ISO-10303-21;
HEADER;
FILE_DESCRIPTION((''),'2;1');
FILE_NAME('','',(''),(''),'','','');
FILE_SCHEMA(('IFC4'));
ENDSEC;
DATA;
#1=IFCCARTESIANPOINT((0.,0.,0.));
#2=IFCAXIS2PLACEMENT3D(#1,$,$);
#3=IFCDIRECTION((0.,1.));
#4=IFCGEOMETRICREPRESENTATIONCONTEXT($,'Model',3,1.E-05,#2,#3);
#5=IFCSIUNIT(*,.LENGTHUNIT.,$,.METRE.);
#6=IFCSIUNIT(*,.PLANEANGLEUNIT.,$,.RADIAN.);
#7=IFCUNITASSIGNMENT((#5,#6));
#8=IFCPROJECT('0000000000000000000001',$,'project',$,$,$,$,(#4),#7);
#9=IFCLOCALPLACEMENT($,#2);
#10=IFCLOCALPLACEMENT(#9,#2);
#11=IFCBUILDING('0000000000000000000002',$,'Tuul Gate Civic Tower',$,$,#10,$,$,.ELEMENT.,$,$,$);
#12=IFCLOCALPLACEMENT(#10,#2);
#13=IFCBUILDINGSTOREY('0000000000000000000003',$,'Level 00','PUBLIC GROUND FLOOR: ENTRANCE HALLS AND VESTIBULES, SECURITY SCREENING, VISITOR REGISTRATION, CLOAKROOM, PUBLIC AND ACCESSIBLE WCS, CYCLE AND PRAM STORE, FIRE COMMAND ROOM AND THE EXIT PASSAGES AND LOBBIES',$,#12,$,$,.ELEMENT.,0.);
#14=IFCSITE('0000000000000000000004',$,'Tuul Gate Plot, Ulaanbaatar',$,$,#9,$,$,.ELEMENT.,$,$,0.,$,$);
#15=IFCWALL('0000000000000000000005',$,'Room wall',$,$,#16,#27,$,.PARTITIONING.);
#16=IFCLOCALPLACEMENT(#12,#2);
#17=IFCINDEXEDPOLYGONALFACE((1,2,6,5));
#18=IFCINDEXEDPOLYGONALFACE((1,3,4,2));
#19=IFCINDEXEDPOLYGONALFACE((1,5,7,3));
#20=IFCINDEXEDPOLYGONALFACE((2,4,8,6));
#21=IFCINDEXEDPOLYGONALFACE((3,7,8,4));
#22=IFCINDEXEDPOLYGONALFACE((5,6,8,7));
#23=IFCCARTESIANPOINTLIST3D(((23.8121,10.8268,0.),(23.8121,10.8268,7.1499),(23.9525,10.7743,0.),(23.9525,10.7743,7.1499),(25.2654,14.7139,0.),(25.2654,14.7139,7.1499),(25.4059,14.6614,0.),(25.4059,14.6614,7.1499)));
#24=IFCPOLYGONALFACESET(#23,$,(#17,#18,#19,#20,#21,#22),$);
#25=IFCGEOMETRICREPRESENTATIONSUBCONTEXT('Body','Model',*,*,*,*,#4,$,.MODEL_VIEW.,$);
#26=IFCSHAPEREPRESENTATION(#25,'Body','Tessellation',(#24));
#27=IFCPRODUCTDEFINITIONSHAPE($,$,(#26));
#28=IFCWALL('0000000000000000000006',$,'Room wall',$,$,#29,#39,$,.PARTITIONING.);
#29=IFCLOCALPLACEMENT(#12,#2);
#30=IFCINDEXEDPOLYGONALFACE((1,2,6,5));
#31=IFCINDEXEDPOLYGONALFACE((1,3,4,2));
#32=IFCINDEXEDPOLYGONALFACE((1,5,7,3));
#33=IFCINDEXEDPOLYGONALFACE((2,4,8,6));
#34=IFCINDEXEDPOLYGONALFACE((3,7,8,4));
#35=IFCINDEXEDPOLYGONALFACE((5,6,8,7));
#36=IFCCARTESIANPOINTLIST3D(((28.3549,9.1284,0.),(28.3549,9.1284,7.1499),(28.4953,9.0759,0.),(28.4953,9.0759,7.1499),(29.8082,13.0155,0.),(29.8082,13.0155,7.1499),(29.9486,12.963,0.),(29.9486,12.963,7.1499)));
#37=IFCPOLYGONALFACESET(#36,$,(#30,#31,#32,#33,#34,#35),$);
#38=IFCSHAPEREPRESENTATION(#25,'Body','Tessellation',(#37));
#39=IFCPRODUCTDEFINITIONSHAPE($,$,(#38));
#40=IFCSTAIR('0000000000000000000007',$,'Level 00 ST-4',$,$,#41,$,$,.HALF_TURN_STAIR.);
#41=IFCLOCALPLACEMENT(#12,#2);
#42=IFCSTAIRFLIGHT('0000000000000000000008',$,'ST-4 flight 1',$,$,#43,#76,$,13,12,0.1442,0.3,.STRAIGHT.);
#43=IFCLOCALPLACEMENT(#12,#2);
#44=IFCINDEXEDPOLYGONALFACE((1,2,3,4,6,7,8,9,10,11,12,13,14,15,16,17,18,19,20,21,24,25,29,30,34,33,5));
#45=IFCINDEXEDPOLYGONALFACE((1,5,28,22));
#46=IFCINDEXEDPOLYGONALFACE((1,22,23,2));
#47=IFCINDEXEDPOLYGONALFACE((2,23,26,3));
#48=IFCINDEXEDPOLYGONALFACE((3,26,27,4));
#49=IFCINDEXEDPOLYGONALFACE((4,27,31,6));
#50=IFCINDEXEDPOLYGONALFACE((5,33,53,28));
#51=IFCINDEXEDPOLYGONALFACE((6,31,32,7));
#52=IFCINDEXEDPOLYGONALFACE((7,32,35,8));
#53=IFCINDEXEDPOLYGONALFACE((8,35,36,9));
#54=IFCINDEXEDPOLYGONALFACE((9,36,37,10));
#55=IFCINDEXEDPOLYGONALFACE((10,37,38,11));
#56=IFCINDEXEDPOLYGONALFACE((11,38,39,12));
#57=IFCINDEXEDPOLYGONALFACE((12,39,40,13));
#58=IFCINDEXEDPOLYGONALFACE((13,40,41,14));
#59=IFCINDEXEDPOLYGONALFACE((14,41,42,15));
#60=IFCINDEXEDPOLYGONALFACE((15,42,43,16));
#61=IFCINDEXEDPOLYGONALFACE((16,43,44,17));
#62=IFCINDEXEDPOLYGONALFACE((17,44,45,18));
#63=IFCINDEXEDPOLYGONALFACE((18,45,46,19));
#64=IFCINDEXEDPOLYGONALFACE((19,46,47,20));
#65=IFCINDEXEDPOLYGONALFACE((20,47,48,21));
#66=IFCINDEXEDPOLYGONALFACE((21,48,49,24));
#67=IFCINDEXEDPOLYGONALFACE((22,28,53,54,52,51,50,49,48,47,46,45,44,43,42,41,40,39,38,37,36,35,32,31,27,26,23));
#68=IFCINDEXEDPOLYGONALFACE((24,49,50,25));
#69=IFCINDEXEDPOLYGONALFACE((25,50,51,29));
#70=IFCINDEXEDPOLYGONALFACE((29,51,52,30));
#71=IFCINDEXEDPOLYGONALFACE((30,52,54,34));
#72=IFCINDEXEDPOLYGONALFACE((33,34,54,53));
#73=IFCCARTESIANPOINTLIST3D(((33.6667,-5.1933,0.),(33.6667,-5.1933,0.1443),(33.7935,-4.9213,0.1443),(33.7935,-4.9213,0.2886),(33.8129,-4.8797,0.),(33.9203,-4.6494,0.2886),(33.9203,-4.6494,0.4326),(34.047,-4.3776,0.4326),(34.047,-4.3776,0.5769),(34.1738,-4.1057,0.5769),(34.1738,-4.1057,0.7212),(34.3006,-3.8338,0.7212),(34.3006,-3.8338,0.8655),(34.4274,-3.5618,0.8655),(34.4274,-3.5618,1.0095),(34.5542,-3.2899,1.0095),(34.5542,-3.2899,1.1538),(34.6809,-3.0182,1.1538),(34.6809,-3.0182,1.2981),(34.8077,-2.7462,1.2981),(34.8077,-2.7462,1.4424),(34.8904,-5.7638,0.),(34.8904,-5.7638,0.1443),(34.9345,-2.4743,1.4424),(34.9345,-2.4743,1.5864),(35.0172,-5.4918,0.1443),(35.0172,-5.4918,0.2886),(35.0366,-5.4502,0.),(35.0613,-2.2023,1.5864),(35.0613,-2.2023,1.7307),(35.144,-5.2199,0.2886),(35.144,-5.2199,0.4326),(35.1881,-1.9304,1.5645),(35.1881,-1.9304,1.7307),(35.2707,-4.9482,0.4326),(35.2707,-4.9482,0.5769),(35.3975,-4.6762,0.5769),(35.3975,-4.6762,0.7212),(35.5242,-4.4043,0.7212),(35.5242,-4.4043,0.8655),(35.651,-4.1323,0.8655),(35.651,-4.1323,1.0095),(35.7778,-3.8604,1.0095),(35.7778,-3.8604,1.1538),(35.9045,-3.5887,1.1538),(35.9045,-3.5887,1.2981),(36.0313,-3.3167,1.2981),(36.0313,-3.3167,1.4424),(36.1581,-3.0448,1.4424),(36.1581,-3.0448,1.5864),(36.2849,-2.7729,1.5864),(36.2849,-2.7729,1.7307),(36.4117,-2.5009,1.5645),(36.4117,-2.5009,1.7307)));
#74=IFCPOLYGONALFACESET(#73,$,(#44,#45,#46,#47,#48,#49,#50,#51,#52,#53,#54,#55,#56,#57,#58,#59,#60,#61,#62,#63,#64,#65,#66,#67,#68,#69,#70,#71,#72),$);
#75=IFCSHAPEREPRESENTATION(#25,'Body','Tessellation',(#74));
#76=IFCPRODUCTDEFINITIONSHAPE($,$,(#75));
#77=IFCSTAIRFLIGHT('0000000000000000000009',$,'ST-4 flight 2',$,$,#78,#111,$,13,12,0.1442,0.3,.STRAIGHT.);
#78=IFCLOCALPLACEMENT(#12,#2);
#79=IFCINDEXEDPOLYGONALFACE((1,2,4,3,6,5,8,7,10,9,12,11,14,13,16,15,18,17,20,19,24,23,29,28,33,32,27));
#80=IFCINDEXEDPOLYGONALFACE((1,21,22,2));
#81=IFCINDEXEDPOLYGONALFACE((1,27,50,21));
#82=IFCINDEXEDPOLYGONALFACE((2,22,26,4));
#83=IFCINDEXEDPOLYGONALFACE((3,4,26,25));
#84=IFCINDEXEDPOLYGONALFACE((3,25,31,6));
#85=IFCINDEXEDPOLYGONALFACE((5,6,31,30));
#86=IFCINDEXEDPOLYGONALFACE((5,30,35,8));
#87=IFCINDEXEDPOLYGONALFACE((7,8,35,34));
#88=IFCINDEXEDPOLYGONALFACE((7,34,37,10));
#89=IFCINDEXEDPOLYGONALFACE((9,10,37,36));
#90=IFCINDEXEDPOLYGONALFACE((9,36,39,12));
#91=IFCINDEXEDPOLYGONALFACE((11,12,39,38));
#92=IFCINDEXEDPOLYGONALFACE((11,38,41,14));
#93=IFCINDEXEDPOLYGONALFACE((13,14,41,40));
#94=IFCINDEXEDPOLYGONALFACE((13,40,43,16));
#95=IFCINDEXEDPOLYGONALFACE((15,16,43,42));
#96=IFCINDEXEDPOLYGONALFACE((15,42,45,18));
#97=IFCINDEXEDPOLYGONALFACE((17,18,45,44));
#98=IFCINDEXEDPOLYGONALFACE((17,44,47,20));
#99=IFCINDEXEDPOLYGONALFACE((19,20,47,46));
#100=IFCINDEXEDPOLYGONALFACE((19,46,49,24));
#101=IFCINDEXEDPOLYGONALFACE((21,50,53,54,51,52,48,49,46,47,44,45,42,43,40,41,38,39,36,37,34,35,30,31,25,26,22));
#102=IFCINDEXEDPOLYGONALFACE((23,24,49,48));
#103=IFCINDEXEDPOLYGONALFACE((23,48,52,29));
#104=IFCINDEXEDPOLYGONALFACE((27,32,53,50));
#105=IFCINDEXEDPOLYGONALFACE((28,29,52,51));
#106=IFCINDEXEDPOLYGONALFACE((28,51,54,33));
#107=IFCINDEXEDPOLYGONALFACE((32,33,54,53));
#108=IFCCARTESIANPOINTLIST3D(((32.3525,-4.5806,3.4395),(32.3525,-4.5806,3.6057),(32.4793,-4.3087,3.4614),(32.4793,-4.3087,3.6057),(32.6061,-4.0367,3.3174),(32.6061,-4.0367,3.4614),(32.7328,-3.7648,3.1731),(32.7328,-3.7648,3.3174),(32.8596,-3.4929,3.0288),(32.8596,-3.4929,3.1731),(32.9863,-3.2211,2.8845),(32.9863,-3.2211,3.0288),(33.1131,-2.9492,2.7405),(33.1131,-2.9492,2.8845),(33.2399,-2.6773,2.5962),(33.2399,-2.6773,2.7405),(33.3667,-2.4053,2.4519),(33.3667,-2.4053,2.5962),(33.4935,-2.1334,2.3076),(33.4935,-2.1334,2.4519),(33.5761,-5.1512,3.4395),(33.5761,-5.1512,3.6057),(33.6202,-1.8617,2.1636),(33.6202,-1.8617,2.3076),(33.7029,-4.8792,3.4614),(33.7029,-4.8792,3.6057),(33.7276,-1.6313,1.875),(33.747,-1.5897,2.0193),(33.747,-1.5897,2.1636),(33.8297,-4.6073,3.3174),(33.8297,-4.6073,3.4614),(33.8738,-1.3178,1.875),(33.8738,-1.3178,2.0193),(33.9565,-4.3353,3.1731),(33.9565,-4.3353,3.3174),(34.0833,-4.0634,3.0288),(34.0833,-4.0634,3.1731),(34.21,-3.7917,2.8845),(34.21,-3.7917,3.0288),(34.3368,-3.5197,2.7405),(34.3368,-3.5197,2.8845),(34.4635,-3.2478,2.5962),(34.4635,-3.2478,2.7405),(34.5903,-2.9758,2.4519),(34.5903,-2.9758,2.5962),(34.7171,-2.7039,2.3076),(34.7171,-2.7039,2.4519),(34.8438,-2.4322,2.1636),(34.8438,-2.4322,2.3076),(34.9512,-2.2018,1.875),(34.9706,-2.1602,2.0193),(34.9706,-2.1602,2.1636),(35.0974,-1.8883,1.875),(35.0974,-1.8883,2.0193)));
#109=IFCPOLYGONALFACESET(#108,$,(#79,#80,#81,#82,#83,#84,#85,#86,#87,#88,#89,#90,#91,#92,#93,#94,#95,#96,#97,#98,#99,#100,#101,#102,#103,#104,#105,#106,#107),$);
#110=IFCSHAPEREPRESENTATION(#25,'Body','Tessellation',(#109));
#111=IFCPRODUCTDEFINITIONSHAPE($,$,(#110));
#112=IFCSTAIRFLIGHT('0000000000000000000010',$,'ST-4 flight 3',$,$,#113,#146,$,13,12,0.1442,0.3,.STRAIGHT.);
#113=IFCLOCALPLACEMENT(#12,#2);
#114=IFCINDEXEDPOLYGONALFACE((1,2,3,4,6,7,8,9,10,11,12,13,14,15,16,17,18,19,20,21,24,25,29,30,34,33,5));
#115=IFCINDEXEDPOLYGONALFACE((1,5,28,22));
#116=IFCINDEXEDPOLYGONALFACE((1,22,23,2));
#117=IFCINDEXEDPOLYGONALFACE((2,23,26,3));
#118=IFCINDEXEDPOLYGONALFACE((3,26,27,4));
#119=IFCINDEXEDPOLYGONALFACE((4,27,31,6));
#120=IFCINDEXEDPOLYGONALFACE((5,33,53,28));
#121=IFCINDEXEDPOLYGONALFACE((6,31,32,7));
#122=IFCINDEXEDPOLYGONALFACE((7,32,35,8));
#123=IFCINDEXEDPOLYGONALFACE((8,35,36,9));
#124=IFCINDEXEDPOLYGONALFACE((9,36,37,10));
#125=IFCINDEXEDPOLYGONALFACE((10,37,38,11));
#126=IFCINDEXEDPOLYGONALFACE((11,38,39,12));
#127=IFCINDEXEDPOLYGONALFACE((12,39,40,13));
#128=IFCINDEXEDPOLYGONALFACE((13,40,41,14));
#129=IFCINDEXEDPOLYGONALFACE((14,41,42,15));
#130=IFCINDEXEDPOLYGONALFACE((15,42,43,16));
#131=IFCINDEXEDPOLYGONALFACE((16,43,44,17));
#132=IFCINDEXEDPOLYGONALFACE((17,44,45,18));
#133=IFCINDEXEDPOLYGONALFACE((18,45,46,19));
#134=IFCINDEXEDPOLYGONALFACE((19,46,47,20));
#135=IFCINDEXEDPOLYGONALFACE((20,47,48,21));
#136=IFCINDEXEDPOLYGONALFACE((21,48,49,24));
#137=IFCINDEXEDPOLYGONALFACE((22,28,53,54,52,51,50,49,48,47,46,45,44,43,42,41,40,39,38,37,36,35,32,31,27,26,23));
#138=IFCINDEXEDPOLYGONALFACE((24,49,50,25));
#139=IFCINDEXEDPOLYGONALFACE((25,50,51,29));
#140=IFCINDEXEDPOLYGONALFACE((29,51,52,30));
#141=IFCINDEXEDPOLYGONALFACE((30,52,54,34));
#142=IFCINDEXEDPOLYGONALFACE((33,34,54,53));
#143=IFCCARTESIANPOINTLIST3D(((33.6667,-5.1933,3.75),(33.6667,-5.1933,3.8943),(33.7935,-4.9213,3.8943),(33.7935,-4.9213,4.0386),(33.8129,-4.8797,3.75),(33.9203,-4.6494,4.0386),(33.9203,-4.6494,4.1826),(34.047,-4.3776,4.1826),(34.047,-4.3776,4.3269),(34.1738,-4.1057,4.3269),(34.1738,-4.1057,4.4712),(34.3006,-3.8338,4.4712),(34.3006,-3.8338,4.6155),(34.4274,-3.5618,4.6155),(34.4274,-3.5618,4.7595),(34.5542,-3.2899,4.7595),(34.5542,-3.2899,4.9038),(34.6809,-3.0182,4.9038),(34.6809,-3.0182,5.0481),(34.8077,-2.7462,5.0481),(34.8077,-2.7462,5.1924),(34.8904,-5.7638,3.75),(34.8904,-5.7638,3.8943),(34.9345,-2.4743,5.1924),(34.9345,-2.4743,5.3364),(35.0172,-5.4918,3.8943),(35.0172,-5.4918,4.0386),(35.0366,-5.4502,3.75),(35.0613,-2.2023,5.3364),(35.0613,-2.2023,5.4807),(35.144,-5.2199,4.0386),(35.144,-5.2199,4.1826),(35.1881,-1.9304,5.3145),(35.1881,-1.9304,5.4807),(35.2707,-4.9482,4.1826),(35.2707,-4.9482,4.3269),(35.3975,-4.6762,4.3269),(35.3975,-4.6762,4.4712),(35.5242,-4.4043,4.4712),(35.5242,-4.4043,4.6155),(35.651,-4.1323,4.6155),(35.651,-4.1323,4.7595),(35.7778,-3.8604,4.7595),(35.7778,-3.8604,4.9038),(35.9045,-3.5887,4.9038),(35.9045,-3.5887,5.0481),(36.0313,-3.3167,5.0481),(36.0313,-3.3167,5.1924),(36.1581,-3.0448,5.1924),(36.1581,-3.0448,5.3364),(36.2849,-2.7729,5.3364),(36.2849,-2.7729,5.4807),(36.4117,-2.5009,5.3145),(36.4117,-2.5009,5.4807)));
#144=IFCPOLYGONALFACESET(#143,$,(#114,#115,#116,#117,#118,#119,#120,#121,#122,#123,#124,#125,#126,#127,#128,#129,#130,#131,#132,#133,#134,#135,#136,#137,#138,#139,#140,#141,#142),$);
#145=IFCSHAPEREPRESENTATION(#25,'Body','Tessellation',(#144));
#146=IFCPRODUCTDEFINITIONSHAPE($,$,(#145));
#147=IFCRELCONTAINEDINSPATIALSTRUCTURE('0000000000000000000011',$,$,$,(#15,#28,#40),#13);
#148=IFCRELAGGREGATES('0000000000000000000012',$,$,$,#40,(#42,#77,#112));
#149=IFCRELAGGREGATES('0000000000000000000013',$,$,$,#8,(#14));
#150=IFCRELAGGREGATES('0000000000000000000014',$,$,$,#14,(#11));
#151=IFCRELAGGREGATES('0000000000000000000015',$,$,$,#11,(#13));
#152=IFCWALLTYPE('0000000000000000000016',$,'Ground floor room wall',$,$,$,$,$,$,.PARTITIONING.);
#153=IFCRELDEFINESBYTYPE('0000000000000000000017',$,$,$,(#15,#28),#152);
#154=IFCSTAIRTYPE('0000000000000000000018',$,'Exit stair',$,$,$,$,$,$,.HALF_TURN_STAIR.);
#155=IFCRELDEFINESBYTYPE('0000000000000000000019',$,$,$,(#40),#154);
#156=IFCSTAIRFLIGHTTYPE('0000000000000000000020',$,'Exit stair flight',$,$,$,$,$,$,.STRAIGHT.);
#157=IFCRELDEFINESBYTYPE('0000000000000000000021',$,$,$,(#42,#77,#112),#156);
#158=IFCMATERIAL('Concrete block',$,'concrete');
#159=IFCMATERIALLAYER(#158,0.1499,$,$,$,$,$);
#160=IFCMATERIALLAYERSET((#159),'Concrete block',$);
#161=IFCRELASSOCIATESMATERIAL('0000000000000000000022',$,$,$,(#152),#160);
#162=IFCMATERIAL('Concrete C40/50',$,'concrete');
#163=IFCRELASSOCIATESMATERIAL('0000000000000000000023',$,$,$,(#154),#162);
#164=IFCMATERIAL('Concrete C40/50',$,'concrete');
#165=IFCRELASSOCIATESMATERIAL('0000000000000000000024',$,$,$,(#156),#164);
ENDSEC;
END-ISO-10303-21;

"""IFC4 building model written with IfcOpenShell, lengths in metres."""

from ifc_helpers import new_model, si_unit, direction, frame, frame_2d, origin, place, context, subcontext, project, spatial, polyline, rectangle, outline, extrude, material, layer, layer_set, type_object, element, aggregate, save


model = new_model("IFC4")

# Units and contexts
model_context = context("Model", 3, precision=1e-05, world=origin(), true_north=direction((0.0, 1.0)))
body_context = subcontext(model_context, "Body", "Model", "MODEL_VIEW")
ifc_project = project(units=[si_unit("LENGTHUNIT", "METRE"), si_unit("PLANEANGLEUNIT", "RADIAN")], contexts=[model_context])

# Site, building, storey
site_placement = place(None, origin())
site = spatial("IfcSite", under=ifc_project, at=site_placement, Name="Tuul Gate Plot, Ulaanbaatar", CompositionType="ELEMENT", RefElevation=0.0)
building_placement = place(site_placement, origin())
building = spatial("IfcBuilding", under=site, at=building_placement, Name="Tuul Gate Civic Tower", CompositionType="ELEMENT")
storey_placement = place(building_placement, origin())
storey = spatial("IfcBuildingStorey", under=building, at=storey_placement, Name="Level 00", Description="PUBLIC GROUND FLOOR: ENTRANCE HALLS AND VESTIBULES, SECURITY SCREENING, VISITOR REGISTRATION, CLOAKROOM, PUBLIC AND ACCESSIBLE WCS, CYCLE AND PRAM STORE, FIRE COMMAND ROOM AND THE EXIT PASSAGES AND LOBBIES", CompositionType="ELEMENT", Elevation=0.0)

# Shared definitions
ifc_material_1 = material(Name="Concrete block", Category="concrete")
ifc_layer_1 = layer(ifc_material_1, 0.1499)
ifc_layer_set_1 = layer_set([ifc_layer_1], Name="Concrete block")
wall_type_1 = type_object("IfcWallType", Name="Ground floor room wall", PredefinedType="PARTITIONING", material=ifc_layer_set_1)

# Walls
for number, where, z_axis, x_axis, name in (
    (1, (23.8823, 10.8005, 0.0), (0.0, 0.0, 1.0), (0.350208, 0.936672, 0.0), "Room wall"),
    (2, (29.8784, 12.9893, 0.0), (0.0, 0.0, 1.0), (-0.350208, -0.936672, 0.0), "Room wall"),
):
    element("IfcWall", number, at=place(storey_placement, frame(where, z_axis=z_axis, x_axis=x_axis)), inside=storey, type_object=wall_type_1, Name=name, PredefinedType="PARTITIONING", context=body_context, shape_type="SweptSolid", body=[
        extrude(rectangle(XDim=4.1499, YDim=0.1499, at=frame_2d((2.075, 0.0))), origin(), (0.0, 0.0, 1.0), 7.1499),
    ])

# Stair, stair flights
ifc_material_2 = material(Name="Concrete C40/50", Category="concrete")
stair_type = type_object("IfcStairType", Name="Exit stair", PredefinedType="HALF_TURN_STAIR", material=ifc_material_2)
stair_placement = place(storey_placement, origin())
stair = element("IfcStair", 3, at=stair_placement, inside=storey, type_object=stair_type, Name="Level 00 ST-4", PredefinedType="HALF_TURN_STAIR")
ifc_material_3 = material(Name="Concrete C40/50", Category="concrete")
stair_flight_type = type_object("IfcStairFlightType", Name="Exit stair flight", PredefinedType="STRAIGHT", material=ifc_material_3)
stair_flight_1_placement = place(storey_placement, frame((34.2786, -5.4785, 0.0), z_axis=(0.0, 0.0, 1.0), x_axis=(0.422576, 0.906327, 0.0)))
stair_flight_1 = element("IfcStairFlight", 4, at=stair_flight_1_placement, type_object=stair_flight_type, Name="ST-4 flight 1", NumberOfRisers=13, NumberOfTreads=12, PredefinedType="STRAIGHT", RiserHeight=0.1442, TreadLength=0.3, context=body_context, shape_type="SweptSolid", body=[
    extrude(outline(polyline([(0.0, 0.0), (0.0, 0.1443), (0.3, 0.1443), (0.3, 0.2886), (0.6001, 0.2886), (0.6001, 0.4326), (0.8999, 0.4326), (0.8999, 0.5769), (1.2, 0.5769), (1.2, 0.7212), (1.5, 0.7212), (1.5, 0.8655), (1.8, 0.8655), (1.8, 1.0095), (2.1001, 1.0095), (2.1001, 1.1538), (2.3999, 1.1538), (2.3999, 1.2981), (2.7, 1.2981), (2.7, 1.4424), (3.0, 1.4424), (3.0, 1.5864), (3.3, 1.5864), (3.3, 1.7307), (3.6001, 1.7307), (3.6001, 1.875), (3.6001, 1.5645), (0.3459, 0.0), (0.0, 0.0)])), frame((0.0, 0.675, 0.0), z_axis=(0.0, -1.0, 0.0), x_axis=(1.0, 0.0, 0.0)), (0.0, 0.0, 1.0), 1.3501),
])
stair_flight_2_placement = place(storey_placement, frame((34.4856, -1.603, 1.875), z_axis=(0.0, 0.0, 1.0), x_axis=(-0.422576, -0.906327, 0.0)))
stair_flight_2 = element("IfcStairFlight", 5, at=stair_flight_2_placement, type_object=stair_flight_type, Name="ST-4 flight 2", NumberOfRisers=13, NumberOfTreads=12, PredefinedType="STRAIGHT", RiserHeight=0.1442, TreadLength=0.3, context=body_context, shape_type="SweptSolid", body=[
    extrude(outline(polyline([(0.0, 0.0), (0.0, 0.1443), (0.3, 0.1443), (0.3, 0.2886), (0.6001, 0.2886), (0.6001, 0.4326), (0.8999, 0.4326), (0.8999, 0.5769), (1.2, 0.5769), (1.2, 0.7212), (1.5, 0.7212), (1.5, 0.8655), (1.8, 0.8655), (1.8, 1.0095), (2.1001, 1.0095), (2.1001, 1.1538), (2.3999, 1.1538), (2.3999, 1.2981), (2.7, 1.2981), (2.7, 1.4424), (3.0, 1.4424), (3.0, 1.5864), (3.3, 1.5864), (3.3, 1.7307), (3.6001, 1.7307), (3.6001, 1.875), (3.6001, 1.5645), (0.3459, 0.0), (0.0, 0.0)])), frame((0.0, 0.675, 0.0), z_axis=(0.0, -1.0, 0.0), x_axis=(1.0, 0.0, 0.0)), (0.0, 0.0, 1.0), 1.3501),
])
stair_flight_3_placement = place(storey_placement, frame((34.2786, -5.4785, 3.75), z_axis=(0.0, 0.0, 1.0), x_axis=(0.422576, 0.906327, 0.0)))
stair_flight_3 = element("IfcStairFlight", 6, at=stair_flight_3_placement, type_object=stair_flight_type, Name="ST-4 flight 3", NumberOfRisers=13, NumberOfTreads=12, PredefinedType="STRAIGHT", RiserHeight=0.1442, TreadLength=0.3, context=body_context, shape_type="SweptSolid", body=[
    extrude(outline(polyline([(0.0, 0.0), (0.0, 0.1443), (0.3, 0.1443), (0.3, 0.2886), (0.6001, 0.2886), (0.6001, 0.4326), (0.8999, 0.4326), (0.8999, 0.5769), (1.2, 0.5769), (1.2, 0.7212), (1.5, 0.7212), (1.5, 0.8655), (1.8, 0.8655), (1.8, 1.0095), (2.1001, 1.0095), (2.1001, 1.1538), (2.3999, 1.1538), (2.3999, 1.2981), (2.7, 1.2981), (2.7, 1.4424), (3.0, 1.4424), (3.0, 1.5864), (3.3, 1.5864), (3.3, 1.7307), (3.6001, 1.7307), (3.6001, 1.875), (3.6001, 1.5645), (0.3459, 0.0), (0.0, 0.0)])), frame((0.0, 0.675, 0.0), z_axis=(0.0, -1.0, 0.0), x_axis=(1.0, 0.0, 0.0)), (0.0, 0.0, 1.0), 1.3501),
])
aggregate(stair, [stair_flight_1, stair_flight_2, stair_flight_3])

save(model, "model.ifc")
